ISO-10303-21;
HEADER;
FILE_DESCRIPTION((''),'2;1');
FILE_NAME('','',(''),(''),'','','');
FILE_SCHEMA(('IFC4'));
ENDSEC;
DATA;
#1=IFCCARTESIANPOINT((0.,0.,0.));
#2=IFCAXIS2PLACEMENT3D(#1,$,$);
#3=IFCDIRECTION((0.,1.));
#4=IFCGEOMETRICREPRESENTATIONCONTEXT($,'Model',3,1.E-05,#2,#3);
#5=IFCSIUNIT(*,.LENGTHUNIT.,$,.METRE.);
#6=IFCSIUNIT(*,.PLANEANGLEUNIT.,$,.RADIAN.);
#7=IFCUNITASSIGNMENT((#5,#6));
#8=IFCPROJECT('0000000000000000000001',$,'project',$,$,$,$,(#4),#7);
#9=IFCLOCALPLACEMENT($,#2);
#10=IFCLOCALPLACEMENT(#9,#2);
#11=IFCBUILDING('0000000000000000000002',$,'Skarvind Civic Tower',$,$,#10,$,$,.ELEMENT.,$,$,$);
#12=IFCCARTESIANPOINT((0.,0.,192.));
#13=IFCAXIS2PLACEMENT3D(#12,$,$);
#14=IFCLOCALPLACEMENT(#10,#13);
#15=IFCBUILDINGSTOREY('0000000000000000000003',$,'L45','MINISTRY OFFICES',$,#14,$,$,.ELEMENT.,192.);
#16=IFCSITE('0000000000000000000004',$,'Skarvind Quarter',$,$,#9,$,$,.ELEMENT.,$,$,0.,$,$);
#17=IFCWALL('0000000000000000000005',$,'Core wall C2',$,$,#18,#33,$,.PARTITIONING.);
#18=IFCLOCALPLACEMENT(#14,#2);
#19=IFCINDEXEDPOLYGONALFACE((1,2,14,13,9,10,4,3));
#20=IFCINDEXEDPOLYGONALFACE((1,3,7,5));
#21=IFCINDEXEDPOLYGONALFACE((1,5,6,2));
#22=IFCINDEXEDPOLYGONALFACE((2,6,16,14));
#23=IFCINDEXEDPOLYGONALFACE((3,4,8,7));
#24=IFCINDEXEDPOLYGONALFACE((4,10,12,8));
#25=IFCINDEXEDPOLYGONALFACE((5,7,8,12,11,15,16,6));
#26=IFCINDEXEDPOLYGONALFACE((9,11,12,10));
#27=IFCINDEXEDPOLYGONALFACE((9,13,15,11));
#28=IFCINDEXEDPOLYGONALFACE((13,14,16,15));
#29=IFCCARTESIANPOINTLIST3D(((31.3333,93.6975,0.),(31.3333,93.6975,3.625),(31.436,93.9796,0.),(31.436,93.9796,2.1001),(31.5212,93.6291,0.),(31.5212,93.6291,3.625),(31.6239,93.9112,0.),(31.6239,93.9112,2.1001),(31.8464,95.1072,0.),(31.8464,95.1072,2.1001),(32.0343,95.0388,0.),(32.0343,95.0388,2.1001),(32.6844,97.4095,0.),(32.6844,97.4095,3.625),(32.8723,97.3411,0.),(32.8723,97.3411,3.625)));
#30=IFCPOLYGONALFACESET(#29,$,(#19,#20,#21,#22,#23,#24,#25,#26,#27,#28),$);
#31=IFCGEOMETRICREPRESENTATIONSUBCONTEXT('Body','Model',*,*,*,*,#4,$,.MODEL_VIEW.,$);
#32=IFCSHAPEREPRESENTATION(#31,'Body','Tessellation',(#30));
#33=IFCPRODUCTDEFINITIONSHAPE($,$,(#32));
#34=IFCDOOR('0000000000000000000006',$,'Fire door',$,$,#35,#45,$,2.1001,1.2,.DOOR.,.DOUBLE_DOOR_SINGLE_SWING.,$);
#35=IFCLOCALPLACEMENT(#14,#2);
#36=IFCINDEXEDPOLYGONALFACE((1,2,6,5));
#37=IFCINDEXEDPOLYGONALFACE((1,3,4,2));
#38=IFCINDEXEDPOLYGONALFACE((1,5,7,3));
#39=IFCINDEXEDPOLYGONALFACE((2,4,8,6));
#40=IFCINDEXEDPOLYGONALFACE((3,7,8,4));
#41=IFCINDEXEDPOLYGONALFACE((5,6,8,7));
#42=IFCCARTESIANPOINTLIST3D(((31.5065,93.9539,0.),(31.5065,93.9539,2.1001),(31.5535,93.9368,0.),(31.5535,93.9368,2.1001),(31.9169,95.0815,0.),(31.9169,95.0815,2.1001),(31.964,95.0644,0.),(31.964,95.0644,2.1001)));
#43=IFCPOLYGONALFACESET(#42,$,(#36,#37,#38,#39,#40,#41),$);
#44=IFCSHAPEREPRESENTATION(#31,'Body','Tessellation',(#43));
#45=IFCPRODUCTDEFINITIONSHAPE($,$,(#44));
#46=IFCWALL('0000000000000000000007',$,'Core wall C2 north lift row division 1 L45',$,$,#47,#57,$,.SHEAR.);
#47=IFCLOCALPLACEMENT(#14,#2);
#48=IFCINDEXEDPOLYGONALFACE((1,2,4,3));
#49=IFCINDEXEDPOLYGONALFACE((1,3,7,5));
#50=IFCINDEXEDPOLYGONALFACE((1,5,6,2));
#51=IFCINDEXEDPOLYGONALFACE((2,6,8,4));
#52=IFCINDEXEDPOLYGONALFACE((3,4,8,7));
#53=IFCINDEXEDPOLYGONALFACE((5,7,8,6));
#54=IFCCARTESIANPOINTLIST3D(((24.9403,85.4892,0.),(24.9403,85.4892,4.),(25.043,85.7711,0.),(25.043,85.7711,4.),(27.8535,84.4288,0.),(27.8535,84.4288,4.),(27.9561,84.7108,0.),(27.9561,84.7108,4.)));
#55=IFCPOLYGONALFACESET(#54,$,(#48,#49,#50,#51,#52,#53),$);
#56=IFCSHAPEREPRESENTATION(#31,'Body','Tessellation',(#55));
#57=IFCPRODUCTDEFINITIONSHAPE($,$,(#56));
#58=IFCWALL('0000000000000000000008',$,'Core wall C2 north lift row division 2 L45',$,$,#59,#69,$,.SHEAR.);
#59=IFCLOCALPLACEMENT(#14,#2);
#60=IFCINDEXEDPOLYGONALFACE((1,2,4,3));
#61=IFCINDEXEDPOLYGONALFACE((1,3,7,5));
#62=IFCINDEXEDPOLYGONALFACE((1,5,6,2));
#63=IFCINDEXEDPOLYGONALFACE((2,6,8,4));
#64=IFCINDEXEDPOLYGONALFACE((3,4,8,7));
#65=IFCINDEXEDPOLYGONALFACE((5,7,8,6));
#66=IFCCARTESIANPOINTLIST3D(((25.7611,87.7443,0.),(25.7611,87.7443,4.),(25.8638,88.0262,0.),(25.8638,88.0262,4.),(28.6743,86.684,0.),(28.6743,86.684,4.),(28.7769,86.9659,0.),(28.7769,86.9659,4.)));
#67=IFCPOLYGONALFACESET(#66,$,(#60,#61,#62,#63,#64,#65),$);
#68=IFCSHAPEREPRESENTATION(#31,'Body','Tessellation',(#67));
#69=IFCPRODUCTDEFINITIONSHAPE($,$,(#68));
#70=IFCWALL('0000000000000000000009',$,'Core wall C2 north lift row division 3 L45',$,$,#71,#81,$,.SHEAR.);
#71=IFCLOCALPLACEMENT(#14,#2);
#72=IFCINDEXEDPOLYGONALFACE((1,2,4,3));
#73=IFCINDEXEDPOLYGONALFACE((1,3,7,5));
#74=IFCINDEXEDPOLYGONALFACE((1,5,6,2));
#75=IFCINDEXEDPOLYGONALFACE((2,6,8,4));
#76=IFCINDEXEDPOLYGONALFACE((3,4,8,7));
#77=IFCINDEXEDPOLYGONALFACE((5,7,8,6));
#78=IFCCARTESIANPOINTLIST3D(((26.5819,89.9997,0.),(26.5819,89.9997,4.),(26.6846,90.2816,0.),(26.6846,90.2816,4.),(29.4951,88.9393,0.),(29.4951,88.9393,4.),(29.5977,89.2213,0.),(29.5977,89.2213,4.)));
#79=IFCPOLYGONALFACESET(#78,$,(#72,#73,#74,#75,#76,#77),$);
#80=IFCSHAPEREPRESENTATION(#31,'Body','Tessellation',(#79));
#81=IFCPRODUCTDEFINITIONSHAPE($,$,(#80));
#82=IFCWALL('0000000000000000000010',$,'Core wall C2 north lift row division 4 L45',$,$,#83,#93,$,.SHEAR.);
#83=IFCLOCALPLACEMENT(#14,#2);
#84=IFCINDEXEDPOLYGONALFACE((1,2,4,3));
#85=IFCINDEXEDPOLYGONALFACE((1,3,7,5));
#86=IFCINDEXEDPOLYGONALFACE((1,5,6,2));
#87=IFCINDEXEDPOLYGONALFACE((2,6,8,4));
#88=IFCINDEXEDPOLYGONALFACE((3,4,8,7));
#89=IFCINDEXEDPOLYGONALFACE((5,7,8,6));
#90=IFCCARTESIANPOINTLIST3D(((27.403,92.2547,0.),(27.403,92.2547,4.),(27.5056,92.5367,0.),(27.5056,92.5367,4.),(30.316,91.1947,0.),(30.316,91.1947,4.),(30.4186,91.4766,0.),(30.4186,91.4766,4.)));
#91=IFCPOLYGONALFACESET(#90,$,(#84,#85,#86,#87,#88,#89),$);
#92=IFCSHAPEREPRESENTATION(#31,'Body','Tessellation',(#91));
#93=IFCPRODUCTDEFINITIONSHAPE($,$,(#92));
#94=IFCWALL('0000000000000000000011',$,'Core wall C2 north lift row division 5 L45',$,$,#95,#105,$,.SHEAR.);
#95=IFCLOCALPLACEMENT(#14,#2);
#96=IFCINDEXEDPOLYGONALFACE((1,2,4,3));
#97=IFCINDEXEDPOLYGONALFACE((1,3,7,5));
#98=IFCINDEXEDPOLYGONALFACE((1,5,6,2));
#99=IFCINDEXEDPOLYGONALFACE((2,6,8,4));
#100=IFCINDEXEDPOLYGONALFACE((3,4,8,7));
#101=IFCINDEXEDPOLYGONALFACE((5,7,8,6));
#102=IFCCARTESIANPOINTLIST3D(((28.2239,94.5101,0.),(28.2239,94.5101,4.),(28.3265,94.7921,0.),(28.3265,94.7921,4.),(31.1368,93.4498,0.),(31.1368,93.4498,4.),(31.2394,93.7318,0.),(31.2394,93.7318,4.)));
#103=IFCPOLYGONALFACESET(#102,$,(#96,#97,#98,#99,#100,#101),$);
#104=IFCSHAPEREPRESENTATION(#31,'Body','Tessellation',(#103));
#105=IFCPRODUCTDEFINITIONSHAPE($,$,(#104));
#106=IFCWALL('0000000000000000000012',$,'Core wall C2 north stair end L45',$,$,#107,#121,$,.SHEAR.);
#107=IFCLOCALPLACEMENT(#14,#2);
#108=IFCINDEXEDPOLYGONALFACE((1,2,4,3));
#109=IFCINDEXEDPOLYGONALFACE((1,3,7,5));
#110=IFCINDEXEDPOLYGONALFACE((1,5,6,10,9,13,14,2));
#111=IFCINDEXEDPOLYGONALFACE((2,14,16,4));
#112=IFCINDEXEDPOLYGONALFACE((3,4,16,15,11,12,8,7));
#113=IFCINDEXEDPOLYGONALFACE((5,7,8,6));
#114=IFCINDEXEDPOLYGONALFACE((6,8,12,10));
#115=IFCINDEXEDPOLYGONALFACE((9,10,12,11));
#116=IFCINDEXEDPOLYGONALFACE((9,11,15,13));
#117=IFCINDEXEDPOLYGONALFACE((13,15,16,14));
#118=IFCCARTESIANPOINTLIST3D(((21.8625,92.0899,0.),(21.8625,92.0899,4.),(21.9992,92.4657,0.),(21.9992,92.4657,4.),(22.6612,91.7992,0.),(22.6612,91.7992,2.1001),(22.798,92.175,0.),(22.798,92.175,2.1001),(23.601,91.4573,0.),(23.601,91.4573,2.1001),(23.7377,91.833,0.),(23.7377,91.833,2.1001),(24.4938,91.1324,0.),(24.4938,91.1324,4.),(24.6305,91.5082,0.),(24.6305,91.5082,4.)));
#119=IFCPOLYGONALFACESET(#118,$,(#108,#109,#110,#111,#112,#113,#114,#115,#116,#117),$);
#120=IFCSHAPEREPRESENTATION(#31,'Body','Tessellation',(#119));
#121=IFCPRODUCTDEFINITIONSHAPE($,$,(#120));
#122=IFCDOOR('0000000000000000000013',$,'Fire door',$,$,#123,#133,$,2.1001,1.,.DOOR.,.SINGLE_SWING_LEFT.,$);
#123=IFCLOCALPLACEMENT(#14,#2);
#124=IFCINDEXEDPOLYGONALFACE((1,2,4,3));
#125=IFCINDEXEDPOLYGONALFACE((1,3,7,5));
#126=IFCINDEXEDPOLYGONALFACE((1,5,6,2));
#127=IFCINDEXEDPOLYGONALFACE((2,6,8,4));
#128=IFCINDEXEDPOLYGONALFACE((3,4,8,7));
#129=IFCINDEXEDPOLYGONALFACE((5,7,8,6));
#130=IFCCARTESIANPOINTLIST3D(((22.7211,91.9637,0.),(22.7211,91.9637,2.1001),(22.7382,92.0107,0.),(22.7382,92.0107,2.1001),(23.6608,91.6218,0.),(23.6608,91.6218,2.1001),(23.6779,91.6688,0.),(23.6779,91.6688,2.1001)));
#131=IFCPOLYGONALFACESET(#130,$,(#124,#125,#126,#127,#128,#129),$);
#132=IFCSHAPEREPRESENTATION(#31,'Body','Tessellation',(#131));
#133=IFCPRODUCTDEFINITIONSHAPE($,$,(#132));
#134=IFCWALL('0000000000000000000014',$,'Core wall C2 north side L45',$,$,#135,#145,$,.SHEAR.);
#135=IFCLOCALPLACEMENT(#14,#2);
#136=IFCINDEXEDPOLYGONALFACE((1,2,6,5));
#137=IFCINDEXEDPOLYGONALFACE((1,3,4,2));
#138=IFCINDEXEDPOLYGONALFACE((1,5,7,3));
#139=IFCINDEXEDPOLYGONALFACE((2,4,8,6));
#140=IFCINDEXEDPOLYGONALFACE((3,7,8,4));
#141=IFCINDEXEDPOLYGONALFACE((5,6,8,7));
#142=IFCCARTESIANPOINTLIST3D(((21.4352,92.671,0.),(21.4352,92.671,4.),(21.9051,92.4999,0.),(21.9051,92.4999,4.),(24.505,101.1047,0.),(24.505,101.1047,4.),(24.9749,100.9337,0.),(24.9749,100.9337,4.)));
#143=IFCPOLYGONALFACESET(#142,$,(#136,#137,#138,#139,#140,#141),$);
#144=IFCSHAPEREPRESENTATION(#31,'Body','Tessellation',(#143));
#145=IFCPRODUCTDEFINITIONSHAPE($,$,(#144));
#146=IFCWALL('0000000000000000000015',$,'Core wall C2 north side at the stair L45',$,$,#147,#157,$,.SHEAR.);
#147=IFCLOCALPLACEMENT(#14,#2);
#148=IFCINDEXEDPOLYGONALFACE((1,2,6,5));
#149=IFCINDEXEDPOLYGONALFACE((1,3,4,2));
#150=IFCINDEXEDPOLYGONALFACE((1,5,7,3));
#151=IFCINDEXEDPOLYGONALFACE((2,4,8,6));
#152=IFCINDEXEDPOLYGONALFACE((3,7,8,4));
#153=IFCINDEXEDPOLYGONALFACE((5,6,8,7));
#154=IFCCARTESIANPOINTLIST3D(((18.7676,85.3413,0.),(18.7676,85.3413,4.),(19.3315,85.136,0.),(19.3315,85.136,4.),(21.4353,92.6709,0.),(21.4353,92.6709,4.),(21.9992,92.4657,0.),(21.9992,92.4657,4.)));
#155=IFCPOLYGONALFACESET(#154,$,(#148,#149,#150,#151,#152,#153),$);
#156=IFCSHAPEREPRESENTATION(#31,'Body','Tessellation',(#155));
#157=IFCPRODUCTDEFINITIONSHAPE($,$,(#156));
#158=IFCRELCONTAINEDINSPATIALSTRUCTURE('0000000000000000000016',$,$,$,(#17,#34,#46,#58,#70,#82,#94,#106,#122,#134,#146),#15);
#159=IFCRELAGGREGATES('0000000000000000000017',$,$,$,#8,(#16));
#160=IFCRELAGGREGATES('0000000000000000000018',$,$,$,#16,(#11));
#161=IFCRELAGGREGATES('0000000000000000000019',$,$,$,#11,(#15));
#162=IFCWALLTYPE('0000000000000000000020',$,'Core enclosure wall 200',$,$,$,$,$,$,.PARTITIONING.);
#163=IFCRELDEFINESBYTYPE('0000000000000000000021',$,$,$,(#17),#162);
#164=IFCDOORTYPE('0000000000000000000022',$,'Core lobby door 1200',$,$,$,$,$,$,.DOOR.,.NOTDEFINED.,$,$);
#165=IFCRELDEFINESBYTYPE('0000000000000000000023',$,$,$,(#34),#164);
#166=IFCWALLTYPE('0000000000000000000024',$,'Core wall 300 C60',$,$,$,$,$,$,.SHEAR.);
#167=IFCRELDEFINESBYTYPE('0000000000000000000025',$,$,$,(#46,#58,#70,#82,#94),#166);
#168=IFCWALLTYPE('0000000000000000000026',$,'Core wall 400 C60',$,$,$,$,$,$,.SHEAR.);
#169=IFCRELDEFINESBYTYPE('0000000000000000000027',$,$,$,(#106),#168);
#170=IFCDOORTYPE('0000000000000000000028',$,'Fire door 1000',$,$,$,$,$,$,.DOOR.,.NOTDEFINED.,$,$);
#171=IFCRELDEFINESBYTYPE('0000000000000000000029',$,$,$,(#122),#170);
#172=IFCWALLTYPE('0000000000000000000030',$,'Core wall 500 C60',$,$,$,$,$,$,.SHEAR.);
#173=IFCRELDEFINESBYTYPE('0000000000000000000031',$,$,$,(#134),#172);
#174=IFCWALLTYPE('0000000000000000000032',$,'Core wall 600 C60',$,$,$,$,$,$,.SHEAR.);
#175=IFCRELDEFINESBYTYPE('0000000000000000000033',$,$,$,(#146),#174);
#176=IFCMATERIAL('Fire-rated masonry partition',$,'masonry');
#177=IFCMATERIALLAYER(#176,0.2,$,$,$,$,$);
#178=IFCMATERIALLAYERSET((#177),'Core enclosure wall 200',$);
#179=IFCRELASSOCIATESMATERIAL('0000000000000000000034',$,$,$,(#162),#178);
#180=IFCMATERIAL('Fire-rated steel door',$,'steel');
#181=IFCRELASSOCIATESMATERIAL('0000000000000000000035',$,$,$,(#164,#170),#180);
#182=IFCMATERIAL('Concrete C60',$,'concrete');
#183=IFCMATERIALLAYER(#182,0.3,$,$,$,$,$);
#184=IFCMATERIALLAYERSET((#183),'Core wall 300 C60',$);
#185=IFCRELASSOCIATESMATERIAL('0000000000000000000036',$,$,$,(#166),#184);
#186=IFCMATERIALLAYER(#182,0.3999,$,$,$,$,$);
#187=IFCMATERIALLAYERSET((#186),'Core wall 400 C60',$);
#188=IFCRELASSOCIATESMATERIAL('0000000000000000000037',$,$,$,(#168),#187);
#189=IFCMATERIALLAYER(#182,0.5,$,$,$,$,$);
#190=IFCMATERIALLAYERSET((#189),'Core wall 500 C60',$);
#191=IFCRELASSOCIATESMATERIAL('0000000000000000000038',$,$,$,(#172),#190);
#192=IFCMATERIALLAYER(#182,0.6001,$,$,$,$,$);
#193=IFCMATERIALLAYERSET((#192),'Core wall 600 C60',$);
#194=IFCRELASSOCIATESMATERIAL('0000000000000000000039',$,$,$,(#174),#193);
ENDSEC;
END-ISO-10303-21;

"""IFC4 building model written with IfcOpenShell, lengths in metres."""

from ifc_helpers import new_model, si_unit, direction, frame, frame_2d, origin, place, context, subcontext, project, spatial, rectangle, extrude, material, layer, layer_set, type_object, element, fill, save


model = new_model("IFC4")

# Units and contexts
model_context = context("Model", 3, precision=1e-05, world=origin(), true_north=direction((0.0, 1.0)))
body_context = subcontext(model_context, "Body", "Model", "MODEL_VIEW")
ifc_project = project(units=[si_unit("LENGTHUNIT", "METRE"), si_unit("PLANEANGLEUNIT", "RADIAN")], contexts=[model_context])

# Site, building, storey
site_placement = place(None, origin())
site = spatial("IfcSite", under=ifc_project, at=site_placement, Name="Skarvind Quarter", CompositionType="ELEMENT", RefElevation=0.0)
building_placement = place(site_placement, origin())
building = spatial("IfcBuilding", under=site, at=building_placement, Name="Skarvind Civic Tower", CompositionType="ELEMENT")
storey_placement = place(building_placement, frame((0.0, 0.0, 192.0)))
storey = spatial("IfcBuildingStorey", under=building, at=storey_placement, Name="L45", Description="MINISTRY OFFICES", CompositionType="ELEMENT", Elevation=192.0)

# Wall, opening, door
ifc_material_1 = material(Name="Fire-rated masonry partition", Category="masonry")
ifc_layer_1 = layer(ifc_material_1, 0.2)
ifc_layer_set_1 = layer_set([ifc_layer_1], Name="Core enclosure wall 200")
wall_type_1 = type_object("IfcWallType", Name="Core enclosure wall 200", PredefinedType="PARTITIONING", material=ifc_layer_set_1)
wall_1_placement = place(storey_placement, frame((31.4272, 93.6633, 0.0), z_axis=(0.0, 0.0, 1.0), x_axis=(0.342031, 0.939689, 0.0)))
wall_1 = element("IfcWall", 1, at=wall_1_placement, inside=storey, type_object=wall_type_1, Name="Core wall C2", PredefinedType="PARTITIONING", context=body_context, shape_type="SweptSolid", body=[
    extrude(rectangle(XDim=3.9502, YDim=0.2, at=frame_2d((1.9751, 0.0))), origin(), (0.0, 0.0, 1.0), 3.625),
])
opening_1_placement = place(wall_1_placement, frame((0.3, 0.0, 0.0)))
opening_1 = element("IfcOpeningElement", 2, at=opening_1_placement, cuts=wall_1, PredefinedType="OPENING", context=body_context, shape_type="SweptSolid", body=[
    extrude(rectangle(XDim=1.2, YDim=2.1001, at=frame_2d((0.6001, 1.05))), frame((0.0, 0.1099, 0.0), z_axis=(0.0, -1.0, 0.0), x_axis=(1.0, 0.0, 0.0)), (0.0, 0.0, 1.0), 0.22),
])
ifc_material_2 = material(Name="Fire-rated steel door", Category="steel")
door_type_1 = type_object("IfcDoorType", Name="Core lobby door 1200", OperationType="NOTDEFINED", PredefinedType="DOOR", material=ifc_material_2)
door_1_placement = place(opening_1_placement, origin())
door_1 = element("IfcDoor", 3, at=door_1_placement, inside=storey, type_object=door_type_1, Name="Fire door", OperationType="DOUBLE_DOOR_SINGLE_SWING", OverallHeight=2.1001, OverallWidth=1.2, PredefinedType="DOOR", context=body_context, shape_type="SweptSolid", body=[
    extrude(rectangle(XDim=1.2, YDim=2.1001, at=frame_2d((0.6001, 1.05))), frame((0.0, 0.0249, 0.0), z_axis=(0.0, -1.0, 0.0), x_axis=(1.0, 0.0, 0.0)), (0.0, 0.0, 1.0), 0.05),
])
fill(opening_1, door_1)

# Walls
ifc_material_3 = material(Name="Concrete C60", Category="concrete")
ifc_layer_2 = layer(ifc_material_3, 0.3)
ifc_layer_set_2 = layer_set([ifc_layer_2], Name="Core wall 300 C60")
wall_type_2 = type_object("IfcWallType", Name="Core wall 300 C60", PredefinedType="SHEAR", material=ifc_layer_set_2)
for number, where, z_axis, x_axis, name in (
    (4, (27.9048, 84.5698, 0.0), (0.0, 0.0, 1.0), (-0.93969, 0.342028, 0.0), "Core wall C2 north lift row division 1 L45"),
    (5, (28.7256, 86.825, 0.0), (0.0, 0.0, 1.0), (-0.93969, 0.342028, 0.0), "Core wall C2 north lift row division 2 L45"),
    (6, (29.5464, 89.0803, 0.0), (0.0, 0.0, 1.0), (-0.93969, 0.342028, 0.0), "Core wall C2 north lift row division 3 L45"),
):
    element("IfcWall", number, at=place(storey_placement, frame(where, z_axis=z_axis, x_axis=x_axis)), inside=storey, type_object=wall_type_2, Name=name, PredefinedType="SHEAR", context=body_context, shape_type="SweptSolid", body=[
        extrude(rectangle(XDim=3.1001, YDim=0.3, at=frame_2d((1.55, 0.0))), origin(), (0.0, 0.0, 1.0), 4.0),
    ])
for number, where, z_axis, x_axis, name in (
    (7, (30.3672, 91.3357, 0.0), (0.0, 0.0, 1.0), (-0.939715, 0.341958, 0.0), "Core wall C2 north lift row division 4 L45"),
    (8, (31.188, 93.5908, 0.0), (0.0, 0.0, 1.0), (-0.939681, 0.342053, 0.0), "Core wall C2 north lift row division 5 L45"),
):
    element("IfcWall", number, at=place(storey_placement, frame(where, z_axis=z_axis, x_axis=x_axis)), inside=storey, type_object=wall_type_2, Name=name, PredefinedType="SHEAR", context=body_context, shape_type="SweptSolid", body=[
        extrude(rectangle(XDim=3.0999, YDim=0.3, at=frame_2d((1.5498, 0.0))), origin(), (0.0, 0.0, 1.0), 4.0),
    ])

# Wall, opening, door
ifc_layer_3 = layer(ifc_material_3, 0.3999)
ifc_layer_set_3 = layer_set([ifc_layer_3], Name="Core wall 400 C60")
wall_type_3 = type_object("IfcWallType", Name="Core wall 400 C60", PredefinedType="SHEAR", material=ifc_layer_set_3)
wall_2_placement = place(storey_placement, frame((24.562, 91.3203, 0.0), z_axis=(0.0, 0.0, 1.0), x_axis=(-0.939717, 0.341953, 0.0)))
wall_2 = element("IfcWall", 9, at=wall_2_placement, inside=storey, type_object=wall_type_3, Name="Core wall C2 north stair end L45", PredefinedType="SHEAR", context=body_context, shape_type="SweptSolid", body=[
    extrude(rectangle(XDim=2.8, YDim=0.3999, at=frame_2d((1.3999, 0.0))), origin(), (0.0, 0.0, 1.0), 4.0),
])
opening_2_placement = place(wall_2_placement, frame((0.95, 0.0, 0.0)))
opening_2 = element("IfcOpeningElement", 10, at=opening_2_placement, cuts=wall_2, PredefinedType="OPENING", context=body_context, shape_type="SweptSolid", body=[
    extrude(rectangle(XDim=1.0, YDim=2.1001, at=frame_2d((0.5, 1.05))), frame((0.0, 0.21, 0.0), z_axis=(0.0, -1.0, 0.0), x_axis=(1.0, 0.0, 0.0)), (0.0, 0.0, 1.0), 0.4199),
])
door_type_2 = type_object("IfcDoorType", Name="Fire door 1000", OperationType="NOTDEFINED", PredefinedType="DOOR", material=ifc_material_2)
door_2_placement = place(opening_2_placement, origin())
door_2 = element("IfcDoor", 11, at=door_2_placement, inside=storey, type_object=door_type_2, Name="Fire door", OperationType="SINGLE_SWING_LEFT", OverallHeight=2.1001, OverallWidth=1.0, PredefinedType="DOOR", context=body_context, shape_type="SweptSolid", body=[
    extrude(rectangle(XDim=1.0, YDim=2.1001, at=frame_2d((0.5, 1.05))), frame((0.0, 0.0249, 0.0), z_axis=(0.0, -1.0, 0.0), x_axis=(1.0, 0.0, 0.0)), (0.0, 0.0, 1.0), 0.05),
])
fill(opening_2, door_2)

# Walls
ifc_layer_4 = layer(ifc_material_3, 0.5)
ifc_layer_set_4 = layer_set([ifc_layer_4], Name="Core wall 500 C60")
wall_type_4 = type_object("IfcWallType", Name="Core wall 500 C60", PredefinedType="SHEAR", material=ifc_layer_set_4)
wall_3_placement = place(storey_placement, frame((21.6702, 92.5854, 0.0), z_axis=(0.0, 0.0, 1.0), x_axis=(0.342036, 0.939687, 0.0)))
element("IfcWall", 12, at=wall_3_placement, inside=storey, type_object=wall_type_4, Name="Core wall C2 north side L45", PredefinedType="SHEAR", context=body_context, shape_type="SweptSolid", body=[
    extrude(rectangle(XDim=8.9751, YDim=0.5, at=frame_2d((4.4875, 0.0))), origin(), (0.0, 0.0, 1.0), 4.0),
])
ifc_layer_5 = layer(ifc_material_3, 0.6001)
ifc_layer_set_5 = layer_set([ifc_layer_5], Name="Core wall 600 C60")
wall_type_5 = type_object("IfcWallType", Name="Core wall 600 C60", PredefinedType="SHEAR", material=ifc_layer_set_5)
wall_4_placement = place(storey_placement, frame((19.0496, 85.2388, 0.0), z_axis=(0.0, 0.0, 1.0), x_axis=(0.342017, 0.939694, 0.0)))
element("IfcWall", 13, at=wall_4_placement, inside=storey, type_object=wall_type_5, Name="Core wall C2 north side at the stair L45", PredefinedType="SHEAR", context=body_context, shape_type="SweptSolid", body=[
    extrude(rectangle(XDim=7.8, YDim=0.6001, at=frame_2d((3.8999, 0.0))), origin(), (0.0, 0.0, 1.0), 4.0),
])

save(model, "model.ifc")
